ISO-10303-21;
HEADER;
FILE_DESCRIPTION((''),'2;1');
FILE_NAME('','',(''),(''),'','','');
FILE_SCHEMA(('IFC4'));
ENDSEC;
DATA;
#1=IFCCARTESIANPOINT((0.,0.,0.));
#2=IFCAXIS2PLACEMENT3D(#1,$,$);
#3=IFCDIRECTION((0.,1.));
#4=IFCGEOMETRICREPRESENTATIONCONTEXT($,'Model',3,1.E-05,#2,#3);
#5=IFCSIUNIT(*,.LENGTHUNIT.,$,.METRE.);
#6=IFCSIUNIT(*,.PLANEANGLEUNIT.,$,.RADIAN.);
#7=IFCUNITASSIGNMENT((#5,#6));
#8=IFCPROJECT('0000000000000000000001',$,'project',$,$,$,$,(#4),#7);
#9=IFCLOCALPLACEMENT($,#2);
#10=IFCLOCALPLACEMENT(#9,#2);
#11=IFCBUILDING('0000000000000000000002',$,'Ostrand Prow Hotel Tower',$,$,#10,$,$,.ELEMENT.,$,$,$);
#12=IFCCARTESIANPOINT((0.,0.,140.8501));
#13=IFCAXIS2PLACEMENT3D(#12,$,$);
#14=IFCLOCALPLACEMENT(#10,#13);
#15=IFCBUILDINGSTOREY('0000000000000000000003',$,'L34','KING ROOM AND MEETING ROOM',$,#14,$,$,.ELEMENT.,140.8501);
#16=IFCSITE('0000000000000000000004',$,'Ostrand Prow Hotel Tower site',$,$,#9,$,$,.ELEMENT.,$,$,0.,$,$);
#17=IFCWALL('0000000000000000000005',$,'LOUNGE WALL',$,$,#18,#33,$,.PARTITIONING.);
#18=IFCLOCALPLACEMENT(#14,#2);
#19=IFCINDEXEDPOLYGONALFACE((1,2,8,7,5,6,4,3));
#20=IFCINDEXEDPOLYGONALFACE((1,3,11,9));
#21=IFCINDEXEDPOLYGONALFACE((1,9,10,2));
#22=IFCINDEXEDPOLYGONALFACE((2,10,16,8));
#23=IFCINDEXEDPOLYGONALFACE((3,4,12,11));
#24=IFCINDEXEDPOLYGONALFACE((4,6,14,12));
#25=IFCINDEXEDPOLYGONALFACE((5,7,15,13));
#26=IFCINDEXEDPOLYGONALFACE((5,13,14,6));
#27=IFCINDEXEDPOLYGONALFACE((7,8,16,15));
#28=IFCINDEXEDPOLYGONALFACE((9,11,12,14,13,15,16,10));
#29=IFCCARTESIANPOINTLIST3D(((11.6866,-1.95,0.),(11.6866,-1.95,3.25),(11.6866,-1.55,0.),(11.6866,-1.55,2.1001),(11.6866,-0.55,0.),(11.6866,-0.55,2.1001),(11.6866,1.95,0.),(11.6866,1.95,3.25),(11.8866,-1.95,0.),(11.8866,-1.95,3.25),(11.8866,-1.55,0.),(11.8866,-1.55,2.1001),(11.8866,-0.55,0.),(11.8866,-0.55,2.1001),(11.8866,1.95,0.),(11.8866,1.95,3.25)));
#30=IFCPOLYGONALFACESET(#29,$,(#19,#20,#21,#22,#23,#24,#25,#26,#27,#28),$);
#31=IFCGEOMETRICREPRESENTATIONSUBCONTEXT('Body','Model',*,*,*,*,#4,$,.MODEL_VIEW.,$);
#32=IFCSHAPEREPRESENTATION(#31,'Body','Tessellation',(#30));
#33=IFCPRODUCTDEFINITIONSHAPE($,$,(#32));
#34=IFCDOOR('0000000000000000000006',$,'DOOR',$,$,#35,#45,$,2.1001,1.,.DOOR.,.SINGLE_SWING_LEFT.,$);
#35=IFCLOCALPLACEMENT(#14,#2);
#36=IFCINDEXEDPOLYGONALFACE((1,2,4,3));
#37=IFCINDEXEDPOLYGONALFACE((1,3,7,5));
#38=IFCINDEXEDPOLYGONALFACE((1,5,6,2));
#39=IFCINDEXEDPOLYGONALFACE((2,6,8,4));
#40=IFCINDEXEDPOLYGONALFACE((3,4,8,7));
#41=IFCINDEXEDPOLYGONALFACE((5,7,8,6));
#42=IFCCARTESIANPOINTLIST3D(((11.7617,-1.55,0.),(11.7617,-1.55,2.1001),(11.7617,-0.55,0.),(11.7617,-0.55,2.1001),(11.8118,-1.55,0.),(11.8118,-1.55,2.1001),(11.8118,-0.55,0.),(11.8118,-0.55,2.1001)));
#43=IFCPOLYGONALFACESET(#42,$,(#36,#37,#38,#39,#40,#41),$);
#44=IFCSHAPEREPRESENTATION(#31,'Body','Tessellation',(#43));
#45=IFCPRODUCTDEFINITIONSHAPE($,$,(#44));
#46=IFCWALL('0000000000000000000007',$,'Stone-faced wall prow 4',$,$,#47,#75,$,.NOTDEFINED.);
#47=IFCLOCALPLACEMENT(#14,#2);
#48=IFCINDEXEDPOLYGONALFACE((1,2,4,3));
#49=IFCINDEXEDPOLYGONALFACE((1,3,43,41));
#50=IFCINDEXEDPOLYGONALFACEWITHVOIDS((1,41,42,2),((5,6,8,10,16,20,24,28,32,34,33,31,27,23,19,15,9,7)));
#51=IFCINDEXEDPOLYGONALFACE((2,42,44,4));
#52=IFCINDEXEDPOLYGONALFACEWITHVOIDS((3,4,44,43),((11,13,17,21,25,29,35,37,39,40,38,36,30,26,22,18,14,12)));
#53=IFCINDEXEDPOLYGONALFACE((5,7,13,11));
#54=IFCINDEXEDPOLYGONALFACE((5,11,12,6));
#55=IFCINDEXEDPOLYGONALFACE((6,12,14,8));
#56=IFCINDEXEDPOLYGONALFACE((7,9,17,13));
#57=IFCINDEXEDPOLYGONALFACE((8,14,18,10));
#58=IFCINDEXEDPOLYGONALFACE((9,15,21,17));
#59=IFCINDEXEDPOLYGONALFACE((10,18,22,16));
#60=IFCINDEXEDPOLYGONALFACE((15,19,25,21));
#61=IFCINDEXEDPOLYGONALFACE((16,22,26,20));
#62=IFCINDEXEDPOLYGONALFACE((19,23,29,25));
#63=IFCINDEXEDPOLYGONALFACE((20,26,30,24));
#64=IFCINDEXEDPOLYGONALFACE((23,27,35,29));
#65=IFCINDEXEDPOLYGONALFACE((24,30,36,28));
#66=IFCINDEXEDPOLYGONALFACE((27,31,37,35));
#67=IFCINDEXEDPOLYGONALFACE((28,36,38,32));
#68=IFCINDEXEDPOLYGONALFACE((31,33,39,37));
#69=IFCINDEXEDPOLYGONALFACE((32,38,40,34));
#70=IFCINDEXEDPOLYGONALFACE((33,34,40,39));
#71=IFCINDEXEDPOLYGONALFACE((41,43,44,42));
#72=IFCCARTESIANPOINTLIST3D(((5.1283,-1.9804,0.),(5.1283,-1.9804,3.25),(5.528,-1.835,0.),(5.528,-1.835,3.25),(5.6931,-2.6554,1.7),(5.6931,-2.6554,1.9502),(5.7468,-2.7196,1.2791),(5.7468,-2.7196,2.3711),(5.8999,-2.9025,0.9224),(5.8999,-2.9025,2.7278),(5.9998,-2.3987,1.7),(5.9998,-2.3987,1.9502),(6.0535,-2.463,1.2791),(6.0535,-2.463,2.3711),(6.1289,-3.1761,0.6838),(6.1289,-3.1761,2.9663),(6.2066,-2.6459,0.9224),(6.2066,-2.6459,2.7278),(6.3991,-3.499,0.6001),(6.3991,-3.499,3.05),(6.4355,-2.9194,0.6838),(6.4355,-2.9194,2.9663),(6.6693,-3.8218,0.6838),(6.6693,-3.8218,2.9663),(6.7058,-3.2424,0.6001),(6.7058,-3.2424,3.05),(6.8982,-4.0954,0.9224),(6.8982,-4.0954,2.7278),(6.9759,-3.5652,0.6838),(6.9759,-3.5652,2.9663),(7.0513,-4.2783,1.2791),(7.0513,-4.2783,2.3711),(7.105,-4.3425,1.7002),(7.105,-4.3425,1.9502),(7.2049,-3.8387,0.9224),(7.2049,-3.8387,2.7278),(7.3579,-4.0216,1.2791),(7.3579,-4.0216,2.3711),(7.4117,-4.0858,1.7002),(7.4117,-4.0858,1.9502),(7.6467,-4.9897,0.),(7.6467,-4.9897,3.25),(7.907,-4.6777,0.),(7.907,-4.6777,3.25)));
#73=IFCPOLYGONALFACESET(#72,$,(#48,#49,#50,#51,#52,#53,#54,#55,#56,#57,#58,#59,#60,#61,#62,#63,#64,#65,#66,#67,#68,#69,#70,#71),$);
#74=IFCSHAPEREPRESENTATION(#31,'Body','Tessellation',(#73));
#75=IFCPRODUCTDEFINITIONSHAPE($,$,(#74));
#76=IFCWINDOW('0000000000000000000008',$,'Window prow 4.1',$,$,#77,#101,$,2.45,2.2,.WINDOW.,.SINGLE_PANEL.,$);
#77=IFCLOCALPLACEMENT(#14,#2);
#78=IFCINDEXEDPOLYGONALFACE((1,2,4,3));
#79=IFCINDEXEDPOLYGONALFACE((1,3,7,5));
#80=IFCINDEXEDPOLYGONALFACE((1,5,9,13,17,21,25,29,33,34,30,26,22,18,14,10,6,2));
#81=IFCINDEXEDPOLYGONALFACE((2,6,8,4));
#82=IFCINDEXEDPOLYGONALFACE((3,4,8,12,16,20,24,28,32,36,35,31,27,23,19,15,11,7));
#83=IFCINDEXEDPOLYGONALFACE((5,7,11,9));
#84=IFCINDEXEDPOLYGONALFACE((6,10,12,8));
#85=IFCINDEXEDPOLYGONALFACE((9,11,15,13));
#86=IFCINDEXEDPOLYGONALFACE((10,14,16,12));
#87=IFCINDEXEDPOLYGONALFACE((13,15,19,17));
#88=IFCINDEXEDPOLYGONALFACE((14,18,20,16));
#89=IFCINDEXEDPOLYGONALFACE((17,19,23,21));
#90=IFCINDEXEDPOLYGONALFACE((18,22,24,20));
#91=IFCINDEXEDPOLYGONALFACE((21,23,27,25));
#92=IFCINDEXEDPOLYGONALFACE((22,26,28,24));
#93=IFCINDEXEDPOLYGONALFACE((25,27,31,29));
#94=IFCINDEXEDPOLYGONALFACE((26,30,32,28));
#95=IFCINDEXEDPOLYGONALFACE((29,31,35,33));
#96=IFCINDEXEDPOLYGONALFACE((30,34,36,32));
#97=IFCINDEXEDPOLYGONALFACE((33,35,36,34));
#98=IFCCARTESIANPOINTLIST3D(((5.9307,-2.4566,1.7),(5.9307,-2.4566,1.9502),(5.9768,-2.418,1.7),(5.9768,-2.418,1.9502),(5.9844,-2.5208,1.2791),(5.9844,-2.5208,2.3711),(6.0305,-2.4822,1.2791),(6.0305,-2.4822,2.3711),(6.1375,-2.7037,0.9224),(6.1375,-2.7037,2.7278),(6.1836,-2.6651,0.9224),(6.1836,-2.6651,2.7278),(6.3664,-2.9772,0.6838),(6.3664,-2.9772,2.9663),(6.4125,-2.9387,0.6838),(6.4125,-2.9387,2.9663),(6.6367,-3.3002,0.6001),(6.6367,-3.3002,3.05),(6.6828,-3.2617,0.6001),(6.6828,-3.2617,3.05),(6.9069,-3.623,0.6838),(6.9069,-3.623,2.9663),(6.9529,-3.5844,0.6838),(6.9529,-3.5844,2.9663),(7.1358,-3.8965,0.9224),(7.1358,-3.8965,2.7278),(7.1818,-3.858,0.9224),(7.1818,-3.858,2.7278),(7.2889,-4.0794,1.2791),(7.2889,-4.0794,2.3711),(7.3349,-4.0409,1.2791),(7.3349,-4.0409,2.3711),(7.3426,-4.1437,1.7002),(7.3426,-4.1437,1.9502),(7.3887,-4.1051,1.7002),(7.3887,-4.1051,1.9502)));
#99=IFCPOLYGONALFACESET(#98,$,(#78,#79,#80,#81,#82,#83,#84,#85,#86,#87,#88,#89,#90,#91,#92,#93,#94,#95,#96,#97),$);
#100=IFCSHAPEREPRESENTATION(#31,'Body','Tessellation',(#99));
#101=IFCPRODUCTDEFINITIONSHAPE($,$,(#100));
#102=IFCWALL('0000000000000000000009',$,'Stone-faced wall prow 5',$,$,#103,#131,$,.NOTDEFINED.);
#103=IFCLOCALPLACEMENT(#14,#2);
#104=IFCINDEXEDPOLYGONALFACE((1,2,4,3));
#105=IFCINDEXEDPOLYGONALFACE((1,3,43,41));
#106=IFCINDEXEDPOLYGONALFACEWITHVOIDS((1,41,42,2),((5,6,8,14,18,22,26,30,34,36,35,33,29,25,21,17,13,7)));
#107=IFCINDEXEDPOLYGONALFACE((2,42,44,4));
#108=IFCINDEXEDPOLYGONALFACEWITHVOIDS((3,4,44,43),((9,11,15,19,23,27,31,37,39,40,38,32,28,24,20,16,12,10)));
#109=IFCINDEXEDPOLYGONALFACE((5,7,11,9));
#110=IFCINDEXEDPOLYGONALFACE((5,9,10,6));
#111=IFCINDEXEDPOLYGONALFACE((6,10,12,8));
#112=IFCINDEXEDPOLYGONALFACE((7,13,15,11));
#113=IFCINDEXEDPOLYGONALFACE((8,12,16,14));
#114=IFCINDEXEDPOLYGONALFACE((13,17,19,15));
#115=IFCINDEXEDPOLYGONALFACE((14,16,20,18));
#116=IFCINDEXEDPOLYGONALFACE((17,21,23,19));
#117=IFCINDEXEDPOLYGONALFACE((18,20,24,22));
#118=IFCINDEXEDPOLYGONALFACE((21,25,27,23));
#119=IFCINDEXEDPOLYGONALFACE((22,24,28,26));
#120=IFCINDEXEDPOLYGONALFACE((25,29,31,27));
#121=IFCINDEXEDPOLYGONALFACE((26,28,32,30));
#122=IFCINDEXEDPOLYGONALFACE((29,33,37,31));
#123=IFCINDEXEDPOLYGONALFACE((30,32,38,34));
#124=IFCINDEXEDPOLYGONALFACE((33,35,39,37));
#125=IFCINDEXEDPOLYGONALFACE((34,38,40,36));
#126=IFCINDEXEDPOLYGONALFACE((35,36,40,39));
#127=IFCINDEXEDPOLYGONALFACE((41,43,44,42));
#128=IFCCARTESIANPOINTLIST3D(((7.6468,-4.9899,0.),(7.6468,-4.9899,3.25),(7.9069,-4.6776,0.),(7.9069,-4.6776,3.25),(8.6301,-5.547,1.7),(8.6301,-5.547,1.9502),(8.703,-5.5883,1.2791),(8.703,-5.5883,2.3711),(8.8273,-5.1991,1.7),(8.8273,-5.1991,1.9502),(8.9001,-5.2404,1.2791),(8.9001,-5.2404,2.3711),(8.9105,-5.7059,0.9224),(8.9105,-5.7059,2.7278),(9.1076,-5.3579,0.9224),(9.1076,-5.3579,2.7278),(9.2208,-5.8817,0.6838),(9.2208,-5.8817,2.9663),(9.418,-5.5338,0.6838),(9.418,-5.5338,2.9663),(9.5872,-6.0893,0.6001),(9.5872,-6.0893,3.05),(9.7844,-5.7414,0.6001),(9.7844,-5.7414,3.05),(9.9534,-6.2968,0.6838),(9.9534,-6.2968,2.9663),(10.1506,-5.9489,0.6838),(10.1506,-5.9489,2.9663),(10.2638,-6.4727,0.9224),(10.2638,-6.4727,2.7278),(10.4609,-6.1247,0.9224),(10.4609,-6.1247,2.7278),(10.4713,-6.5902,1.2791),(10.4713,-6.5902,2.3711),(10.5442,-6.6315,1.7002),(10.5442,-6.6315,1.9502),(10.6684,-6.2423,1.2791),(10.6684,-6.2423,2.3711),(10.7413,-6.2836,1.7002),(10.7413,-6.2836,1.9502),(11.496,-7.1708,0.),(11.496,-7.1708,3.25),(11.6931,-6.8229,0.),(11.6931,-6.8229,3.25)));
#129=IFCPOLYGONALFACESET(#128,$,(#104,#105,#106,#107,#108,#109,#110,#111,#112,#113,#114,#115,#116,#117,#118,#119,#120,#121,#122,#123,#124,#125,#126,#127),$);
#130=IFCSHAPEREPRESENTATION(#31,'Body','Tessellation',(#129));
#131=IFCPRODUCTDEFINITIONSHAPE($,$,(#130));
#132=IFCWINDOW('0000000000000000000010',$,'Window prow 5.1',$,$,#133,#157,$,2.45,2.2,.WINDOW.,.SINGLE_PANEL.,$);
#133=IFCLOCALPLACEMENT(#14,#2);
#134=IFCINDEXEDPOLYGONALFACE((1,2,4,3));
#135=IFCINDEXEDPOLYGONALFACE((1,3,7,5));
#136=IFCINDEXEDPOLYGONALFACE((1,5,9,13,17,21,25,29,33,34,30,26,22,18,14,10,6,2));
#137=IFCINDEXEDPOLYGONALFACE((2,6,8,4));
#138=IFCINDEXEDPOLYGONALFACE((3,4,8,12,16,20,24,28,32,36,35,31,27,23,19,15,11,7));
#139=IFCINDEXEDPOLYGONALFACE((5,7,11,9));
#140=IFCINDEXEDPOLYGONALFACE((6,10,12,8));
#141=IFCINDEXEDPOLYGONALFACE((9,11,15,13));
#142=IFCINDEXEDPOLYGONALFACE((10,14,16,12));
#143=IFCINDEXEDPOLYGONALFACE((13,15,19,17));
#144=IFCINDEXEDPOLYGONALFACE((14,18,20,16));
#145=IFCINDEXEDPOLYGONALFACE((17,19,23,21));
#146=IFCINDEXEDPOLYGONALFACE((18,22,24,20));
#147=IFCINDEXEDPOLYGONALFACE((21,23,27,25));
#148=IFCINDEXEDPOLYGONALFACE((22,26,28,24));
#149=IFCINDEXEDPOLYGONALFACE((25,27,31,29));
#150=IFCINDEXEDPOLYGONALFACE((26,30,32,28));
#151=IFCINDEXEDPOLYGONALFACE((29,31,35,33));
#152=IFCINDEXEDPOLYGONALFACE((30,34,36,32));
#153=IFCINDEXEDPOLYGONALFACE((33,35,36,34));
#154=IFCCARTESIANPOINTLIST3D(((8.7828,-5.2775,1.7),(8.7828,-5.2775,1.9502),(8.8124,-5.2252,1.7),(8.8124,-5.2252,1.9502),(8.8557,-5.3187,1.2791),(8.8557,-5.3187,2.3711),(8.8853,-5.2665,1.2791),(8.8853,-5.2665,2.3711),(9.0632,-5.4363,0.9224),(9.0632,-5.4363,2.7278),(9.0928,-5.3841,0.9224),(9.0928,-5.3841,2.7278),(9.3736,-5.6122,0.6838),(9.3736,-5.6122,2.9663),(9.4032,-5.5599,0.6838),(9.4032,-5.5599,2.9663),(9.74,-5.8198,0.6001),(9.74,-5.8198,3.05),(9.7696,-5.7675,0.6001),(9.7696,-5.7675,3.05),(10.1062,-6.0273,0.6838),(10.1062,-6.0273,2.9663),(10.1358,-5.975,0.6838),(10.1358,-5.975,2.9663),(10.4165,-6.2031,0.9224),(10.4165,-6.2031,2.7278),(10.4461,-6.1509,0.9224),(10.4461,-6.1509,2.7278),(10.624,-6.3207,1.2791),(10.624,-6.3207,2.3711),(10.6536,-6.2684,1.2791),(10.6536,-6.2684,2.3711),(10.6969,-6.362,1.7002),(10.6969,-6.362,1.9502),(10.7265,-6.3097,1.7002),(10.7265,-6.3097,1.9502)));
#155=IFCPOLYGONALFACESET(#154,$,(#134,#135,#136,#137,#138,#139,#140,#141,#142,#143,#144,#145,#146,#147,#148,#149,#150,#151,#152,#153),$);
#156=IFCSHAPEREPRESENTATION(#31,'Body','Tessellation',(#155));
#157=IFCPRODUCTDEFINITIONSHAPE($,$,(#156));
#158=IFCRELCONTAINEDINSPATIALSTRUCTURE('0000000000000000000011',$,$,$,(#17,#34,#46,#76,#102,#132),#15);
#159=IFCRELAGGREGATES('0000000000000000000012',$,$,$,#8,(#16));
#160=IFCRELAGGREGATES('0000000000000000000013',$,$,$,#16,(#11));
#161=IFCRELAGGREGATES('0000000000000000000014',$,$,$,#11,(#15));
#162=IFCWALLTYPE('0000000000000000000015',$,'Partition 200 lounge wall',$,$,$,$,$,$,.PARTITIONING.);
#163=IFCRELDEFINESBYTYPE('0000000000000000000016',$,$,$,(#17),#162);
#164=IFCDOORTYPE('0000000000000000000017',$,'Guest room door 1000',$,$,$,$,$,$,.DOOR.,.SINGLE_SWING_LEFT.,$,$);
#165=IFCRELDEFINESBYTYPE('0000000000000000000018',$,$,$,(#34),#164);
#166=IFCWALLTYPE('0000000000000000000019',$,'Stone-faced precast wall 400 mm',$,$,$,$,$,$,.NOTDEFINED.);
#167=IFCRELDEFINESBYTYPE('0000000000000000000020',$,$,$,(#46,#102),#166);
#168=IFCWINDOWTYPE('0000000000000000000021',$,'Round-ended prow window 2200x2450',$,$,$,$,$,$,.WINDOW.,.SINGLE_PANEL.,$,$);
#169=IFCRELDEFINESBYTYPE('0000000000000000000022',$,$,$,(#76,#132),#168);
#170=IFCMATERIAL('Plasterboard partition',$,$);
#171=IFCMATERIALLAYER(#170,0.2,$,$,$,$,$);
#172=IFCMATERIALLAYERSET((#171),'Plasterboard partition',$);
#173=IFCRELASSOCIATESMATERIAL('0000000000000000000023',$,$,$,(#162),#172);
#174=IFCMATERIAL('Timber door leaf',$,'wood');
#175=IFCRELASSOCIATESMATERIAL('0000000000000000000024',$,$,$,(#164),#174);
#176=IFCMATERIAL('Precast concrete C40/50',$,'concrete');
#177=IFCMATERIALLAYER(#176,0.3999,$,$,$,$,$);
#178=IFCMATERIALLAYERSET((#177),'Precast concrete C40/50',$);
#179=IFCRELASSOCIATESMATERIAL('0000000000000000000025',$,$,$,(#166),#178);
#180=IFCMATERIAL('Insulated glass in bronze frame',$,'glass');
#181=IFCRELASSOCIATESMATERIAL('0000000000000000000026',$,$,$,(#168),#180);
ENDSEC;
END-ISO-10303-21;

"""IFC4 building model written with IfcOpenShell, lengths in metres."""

from ifc_helpers import new_model, si_unit, direction, frame, frame_2d, origin, place, context, subcontext, project, spatial, polyline, rectangle, outline, extrude, material, layer, layer_set, type_object, element, fill, save


model = new_model("IFC4")

# Units and contexts
model_context = context("Model", 3, precision=1e-05, world=origin(), true_north=direction((0.0, 1.0)))
body_context = subcontext(model_context, "Body", "Model", "MODEL_VIEW")
ifc_project = project(units=[si_unit("LENGTHUNIT", "METRE"), si_unit("PLANEANGLEUNIT", "RADIAN")], contexts=[model_context])

# Site, building, storey
site_placement = place(None, origin())
site = spatial("IfcSite", under=ifc_project, at=site_placement, Name="Ostrand Prow Hotel Tower site", CompositionType="ELEMENT", RefElevation=0.0)
building_placement = place(site_placement, origin())
building = spatial("IfcBuilding", under=site, at=building_placement, Name="Ostrand Prow Hotel Tower", CompositionType="ELEMENT")
storey_placement = place(building_placement, frame((0.0, 0.0, 140.8501)))
storey = spatial("IfcBuildingStorey", under=building, at=storey_placement, Name="L34", Description="KING ROOM AND MEETING ROOM", CompositionType="ELEMENT", Elevation=140.8501)

# Wall, opening, door
ifc_material_1 = material(Name="Plasterboard partition")
ifc_layer_1 = layer(ifc_material_1, 0.2)
ifc_layer_set_1 = layer_set([ifc_layer_1], Name="Plasterboard partition")
wall_type_1 = type_object("IfcWallType", Name="Partition 200 lounge wall", PredefinedType="PARTITIONING", material=ifc_layer_set_1)
wall_1_placement = place(storey_placement, frame((11.7866, -1.95, 0.0), z_axis=(0.0, 0.0, 1.0), x_axis=(0.0, 1.0, 0.0)))
wall_1 = element("IfcWall", 1, at=wall_1_placement, inside=storey, type_object=wall_type_1, Name="LOUNGE WALL", PredefinedType="PARTITIONING", context=body_context, shape_type="SweptSolid", body=[
    extrude(rectangle(XDim=3.8999, YDim=0.2, at=frame_2d((1.95, 0.0))), origin(), (0.0, 0.0, 1.0), 3.25),
])
opening_1_placement = place(wall_1_placement, frame((0.3999, 0.0, 0.0)))
opening_1 = element("IfcOpeningElement", 2, at=opening_1_placement, cuts=wall_1, PredefinedType="OPENING", context=body_context, shape_type="SweptSolid", body=[
    extrude(rectangle(XDim=1.0, YDim=2.1001, at=frame_2d((0.5, 1.05))), frame((0.0, 0.1099, 0.0), z_axis=(0.0, -1.0, 0.0), x_axis=(1.0, 0.0, 0.0)), (0.0, 0.0, 1.0), 0.22),
])
ifc_material_2 = material(Name="Timber door leaf", Category="wood")
door_type_1 = type_object("IfcDoorType", Name="Guest room door 1000", OperationType="SINGLE_SWING_LEFT", PredefinedType="DOOR", material=ifc_material_2)
door_1_placement = place(opening_1_placement, origin())
door_1 = element("IfcDoor", 3, at=door_1_placement, inside=storey, type_object=door_type_1, Name="DOOR", OperationType="SINGLE_SWING_LEFT", OverallHeight=2.1001, OverallWidth=1.0, PredefinedType="DOOR", context=body_context, shape_type="SweptSolid", body=[
    extrude(rectangle(XDim=1.0, YDim=2.1001, at=frame_2d((0.5, 1.05))), frame((0.0, 0.0249, 0.0), z_axis=(0.0, -1.0, 0.0), x_axis=(1.0, 0.0, 0.0)), (0.0, 0.0, 1.0), 0.05),
])
fill(opening_1, door_1)

# Walls, openings, windows
ifc_material_3 = material(Name="Precast concrete C40/50", Category="concrete")
ifc_layer_2 = layer(ifc_material_3, 0.3999)
ifc_layer_set_2 = layer_set([ifc_layer_2], Name="Precast concrete C40/50")
wall_type_2 = type_object("IfcWallType", Name="Stone-faced precast wall 400 mm", PredefinedType="NOTDEFINED", material=ifc_layer_set_2)
wall_2_placement = place(storey_placement, frame((5.3281, -1.9077, 0.0), z_axis=(0.0, 0.0, 1.0), x_axis=(0.641788, -0.766882, 0.0)))
wall_2 = element("IfcWall", 4, at=wall_2_placement, inside=storey, type_object=wall_type_2, Name="Stone-faced wall prow 4", PredefinedType="NOTDEFINED", context=body_context, shape_type="SweptSolid", body=[
    extrude(outline(polyline([(-0.0725, -0.2), (3.8516, -0.2), (3.7793, 0.2), (0.0725, 0.2), (-0.0725, -0.2)])), origin(), (0.0, 0.0, 1.0), 3.25),
])
opening_2_placement = place(wall_2_placement, frame((0.8076, 0.0, 0.6001)))
opening_2 = element("IfcOpeningElement", 5, at=opening_2_placement, cuts=wall_2, PredefinedType="OPENING", context=body_context, shape_type="SweptSolid", body=[
    extrude(outline(polyline([(0.0, 1.3501), (0.0837, 1.771), (0.3223, 2.1277), (0.679, 2.3662), (1.1001, 2.45), (1.521, 2.3662), (1.8777, 2.1277), (2.1162, 1.771), (2.2, 1.3501), (2.2, 1.1001), (2.1162, 0.679), (1.8777, 0.3223), (1.521, 0.0837), (1.1001, 0.0), (0.679, 0.0837), (0.3223, 0.3223), (0.0837, 0.679), (0.0, 1.0999), (0.0, 1.3501)])), frame((0.0, 0.21, 0.0), z_axis=(0.0, -1.0, 0.0), x_axis=(1.0, 0.0, 0.0)), (0.0, 0.0, 1.0), 0.4199),
])
ifc_material_4 = material(Name="Insulated glass in bronze frame", Category="glass")
window_type = type_object("IfcWindowType", Name="Round-ended prow window 2200x2450", PartitioningType="SINGLE_PANEL", PredefinedType="WINDOW", material=ifc_material_4)
window_1_placement = place(opening_2_placement, origin())
window_1 = element("IfcWindow", 6, at=window_1_placement, inside=storey, type_object=window_type, Name="Window prow 4.1", OverallHeight=2.45, OverallWidth=2.2, PartitioningType="SINGLE_PANEL", PredefinedType="WINDOW", context=body_context, shape_type="SweptSolid", body=[
    extrude(outline(polyline([(0.0, 1.3501), (0.0837, 1.771), (0.3223, 2.1277), (0.679, 2.3662), (1.1001, 2.45), (1.521, 2.3662), (1.8777, 2.1277), (2.1162, 1.771), (2.2, 1.3501), (2.2, 1.1001), (2.1162, 0.679), (1.8777, 0.3223), (1.521, 0.0837), (1.1001, 0.0), (0.679, 0.0837), (0.3223, 0.3223), (0.0837, 0.679), (0.0, 1.0999), (0.0, 1.3501)])), frame((0.0, 0.1699, 0.0), z_axis=(0.0, -1.0, 0.0), x_axis=(1.0, 0.0, 0.0)), (0.0, 0.0, 1.0), 0.0601),
])
fill(opening_2, window_1)
wall_3_placement = place(storey_placement, frame((7.7769, -4.8337, 0.0), z_axis=(0.0, 0.0, 1.0), x_axis=(0.870045, -0.492972, 0.0)))
wall_3 = element("IfcWall", 7, at=wall_3_placement, inside=storey, type_object=wall_type_2, Name="Stone-faced wall prow 5", PredefinedType="NOTDEFINED", context=body_context, shape_type="SweptSolid", body=[
    extrude(outline(polyline([(-0.0361, -0.2), (4.3879, -0.2), (4.3879, 0.2), (0.0361, 0.2), (-0.0361, -0.2)])), origin(), (0.0, 0.0, 1.0), 3.25),
])
opening_3_placement = place(wall_3_placement, frame((1.094, 0.0, 0.6001)))
opening_3 = element("IfcOpeningElement", 8, at=opening_3_placement, cuts=wall_3, PredefinedType="OPENING", context=body_context, shape_type="SweptSolid", body=[
    extrude(outline(polyline([(0.0, 1.3501), (0.0837, 1.771), (0.3223, 2.1277), (0.679, 2.3662), (1.1001, 2.45), (1.521, 2.3662), (1.8777, 2.1277), (2.1162, 1.771), (2.2, 1.3501), (2.2, 1.1001), (2.1162, 0.679), (1.8777, 0.3223), (1.521, 0.0837), (1.1001, 0.0), (0.679, 0.0837), (0.3223, 0.3223), (0.0837, 0.679), (0.0, 1.0999), (0.0, 1.3501)])), frame((0.0, 0.21, 0.0), z_axis=(0.0, -1.0, 0.0), x_axis=(1.0, 0.0, 0.0)), (0.0, 0.0, 1.0), 0.4199),
])
window_2_placement = place(opening_3_placement, origin())
window_2 = element("IfcWindow", 9, at=window_2_placement, inside=storey, type_object=window_type, Name="Window prow 5.1", OverallHeight=2.45, OverallWidth=2.2, PartitioningType="SINGLE_PANEL", PredefinedType="WINDOW", context=body_context, shape_type="SweptSolid", body=[
    extrude(outline(polyline([(0.0, 1.3501), (0.0837, 1.771), (0.3223, 2.1277), (0.679, 2.3662), (1.1001, 2.45), (1.521, 2.3662), (1.8777, 2.1277), (2.1162, 1.771), (2.2, 1.3501), (2.2, 1.1001), (2.1162, 0.679), (1.8777, 0.3223), (1.521, 0.0837), (1.1001, 0.0), (0.679, 0.0837), (0.3223, 0.3223), (0.0837, 0.679), (0.0, 1.0999), (0.0, 1.3501)])), frame((0.0, 0.1699, 0.0), z_axis=(0.0, -1.0, 0.0), x_axis=(1.0, 0.0, 0.0)), (0.0, 0.0, 1.0), 0.0601),
])
fill(opening_3, window_2)

save(model, "model.ifc")
